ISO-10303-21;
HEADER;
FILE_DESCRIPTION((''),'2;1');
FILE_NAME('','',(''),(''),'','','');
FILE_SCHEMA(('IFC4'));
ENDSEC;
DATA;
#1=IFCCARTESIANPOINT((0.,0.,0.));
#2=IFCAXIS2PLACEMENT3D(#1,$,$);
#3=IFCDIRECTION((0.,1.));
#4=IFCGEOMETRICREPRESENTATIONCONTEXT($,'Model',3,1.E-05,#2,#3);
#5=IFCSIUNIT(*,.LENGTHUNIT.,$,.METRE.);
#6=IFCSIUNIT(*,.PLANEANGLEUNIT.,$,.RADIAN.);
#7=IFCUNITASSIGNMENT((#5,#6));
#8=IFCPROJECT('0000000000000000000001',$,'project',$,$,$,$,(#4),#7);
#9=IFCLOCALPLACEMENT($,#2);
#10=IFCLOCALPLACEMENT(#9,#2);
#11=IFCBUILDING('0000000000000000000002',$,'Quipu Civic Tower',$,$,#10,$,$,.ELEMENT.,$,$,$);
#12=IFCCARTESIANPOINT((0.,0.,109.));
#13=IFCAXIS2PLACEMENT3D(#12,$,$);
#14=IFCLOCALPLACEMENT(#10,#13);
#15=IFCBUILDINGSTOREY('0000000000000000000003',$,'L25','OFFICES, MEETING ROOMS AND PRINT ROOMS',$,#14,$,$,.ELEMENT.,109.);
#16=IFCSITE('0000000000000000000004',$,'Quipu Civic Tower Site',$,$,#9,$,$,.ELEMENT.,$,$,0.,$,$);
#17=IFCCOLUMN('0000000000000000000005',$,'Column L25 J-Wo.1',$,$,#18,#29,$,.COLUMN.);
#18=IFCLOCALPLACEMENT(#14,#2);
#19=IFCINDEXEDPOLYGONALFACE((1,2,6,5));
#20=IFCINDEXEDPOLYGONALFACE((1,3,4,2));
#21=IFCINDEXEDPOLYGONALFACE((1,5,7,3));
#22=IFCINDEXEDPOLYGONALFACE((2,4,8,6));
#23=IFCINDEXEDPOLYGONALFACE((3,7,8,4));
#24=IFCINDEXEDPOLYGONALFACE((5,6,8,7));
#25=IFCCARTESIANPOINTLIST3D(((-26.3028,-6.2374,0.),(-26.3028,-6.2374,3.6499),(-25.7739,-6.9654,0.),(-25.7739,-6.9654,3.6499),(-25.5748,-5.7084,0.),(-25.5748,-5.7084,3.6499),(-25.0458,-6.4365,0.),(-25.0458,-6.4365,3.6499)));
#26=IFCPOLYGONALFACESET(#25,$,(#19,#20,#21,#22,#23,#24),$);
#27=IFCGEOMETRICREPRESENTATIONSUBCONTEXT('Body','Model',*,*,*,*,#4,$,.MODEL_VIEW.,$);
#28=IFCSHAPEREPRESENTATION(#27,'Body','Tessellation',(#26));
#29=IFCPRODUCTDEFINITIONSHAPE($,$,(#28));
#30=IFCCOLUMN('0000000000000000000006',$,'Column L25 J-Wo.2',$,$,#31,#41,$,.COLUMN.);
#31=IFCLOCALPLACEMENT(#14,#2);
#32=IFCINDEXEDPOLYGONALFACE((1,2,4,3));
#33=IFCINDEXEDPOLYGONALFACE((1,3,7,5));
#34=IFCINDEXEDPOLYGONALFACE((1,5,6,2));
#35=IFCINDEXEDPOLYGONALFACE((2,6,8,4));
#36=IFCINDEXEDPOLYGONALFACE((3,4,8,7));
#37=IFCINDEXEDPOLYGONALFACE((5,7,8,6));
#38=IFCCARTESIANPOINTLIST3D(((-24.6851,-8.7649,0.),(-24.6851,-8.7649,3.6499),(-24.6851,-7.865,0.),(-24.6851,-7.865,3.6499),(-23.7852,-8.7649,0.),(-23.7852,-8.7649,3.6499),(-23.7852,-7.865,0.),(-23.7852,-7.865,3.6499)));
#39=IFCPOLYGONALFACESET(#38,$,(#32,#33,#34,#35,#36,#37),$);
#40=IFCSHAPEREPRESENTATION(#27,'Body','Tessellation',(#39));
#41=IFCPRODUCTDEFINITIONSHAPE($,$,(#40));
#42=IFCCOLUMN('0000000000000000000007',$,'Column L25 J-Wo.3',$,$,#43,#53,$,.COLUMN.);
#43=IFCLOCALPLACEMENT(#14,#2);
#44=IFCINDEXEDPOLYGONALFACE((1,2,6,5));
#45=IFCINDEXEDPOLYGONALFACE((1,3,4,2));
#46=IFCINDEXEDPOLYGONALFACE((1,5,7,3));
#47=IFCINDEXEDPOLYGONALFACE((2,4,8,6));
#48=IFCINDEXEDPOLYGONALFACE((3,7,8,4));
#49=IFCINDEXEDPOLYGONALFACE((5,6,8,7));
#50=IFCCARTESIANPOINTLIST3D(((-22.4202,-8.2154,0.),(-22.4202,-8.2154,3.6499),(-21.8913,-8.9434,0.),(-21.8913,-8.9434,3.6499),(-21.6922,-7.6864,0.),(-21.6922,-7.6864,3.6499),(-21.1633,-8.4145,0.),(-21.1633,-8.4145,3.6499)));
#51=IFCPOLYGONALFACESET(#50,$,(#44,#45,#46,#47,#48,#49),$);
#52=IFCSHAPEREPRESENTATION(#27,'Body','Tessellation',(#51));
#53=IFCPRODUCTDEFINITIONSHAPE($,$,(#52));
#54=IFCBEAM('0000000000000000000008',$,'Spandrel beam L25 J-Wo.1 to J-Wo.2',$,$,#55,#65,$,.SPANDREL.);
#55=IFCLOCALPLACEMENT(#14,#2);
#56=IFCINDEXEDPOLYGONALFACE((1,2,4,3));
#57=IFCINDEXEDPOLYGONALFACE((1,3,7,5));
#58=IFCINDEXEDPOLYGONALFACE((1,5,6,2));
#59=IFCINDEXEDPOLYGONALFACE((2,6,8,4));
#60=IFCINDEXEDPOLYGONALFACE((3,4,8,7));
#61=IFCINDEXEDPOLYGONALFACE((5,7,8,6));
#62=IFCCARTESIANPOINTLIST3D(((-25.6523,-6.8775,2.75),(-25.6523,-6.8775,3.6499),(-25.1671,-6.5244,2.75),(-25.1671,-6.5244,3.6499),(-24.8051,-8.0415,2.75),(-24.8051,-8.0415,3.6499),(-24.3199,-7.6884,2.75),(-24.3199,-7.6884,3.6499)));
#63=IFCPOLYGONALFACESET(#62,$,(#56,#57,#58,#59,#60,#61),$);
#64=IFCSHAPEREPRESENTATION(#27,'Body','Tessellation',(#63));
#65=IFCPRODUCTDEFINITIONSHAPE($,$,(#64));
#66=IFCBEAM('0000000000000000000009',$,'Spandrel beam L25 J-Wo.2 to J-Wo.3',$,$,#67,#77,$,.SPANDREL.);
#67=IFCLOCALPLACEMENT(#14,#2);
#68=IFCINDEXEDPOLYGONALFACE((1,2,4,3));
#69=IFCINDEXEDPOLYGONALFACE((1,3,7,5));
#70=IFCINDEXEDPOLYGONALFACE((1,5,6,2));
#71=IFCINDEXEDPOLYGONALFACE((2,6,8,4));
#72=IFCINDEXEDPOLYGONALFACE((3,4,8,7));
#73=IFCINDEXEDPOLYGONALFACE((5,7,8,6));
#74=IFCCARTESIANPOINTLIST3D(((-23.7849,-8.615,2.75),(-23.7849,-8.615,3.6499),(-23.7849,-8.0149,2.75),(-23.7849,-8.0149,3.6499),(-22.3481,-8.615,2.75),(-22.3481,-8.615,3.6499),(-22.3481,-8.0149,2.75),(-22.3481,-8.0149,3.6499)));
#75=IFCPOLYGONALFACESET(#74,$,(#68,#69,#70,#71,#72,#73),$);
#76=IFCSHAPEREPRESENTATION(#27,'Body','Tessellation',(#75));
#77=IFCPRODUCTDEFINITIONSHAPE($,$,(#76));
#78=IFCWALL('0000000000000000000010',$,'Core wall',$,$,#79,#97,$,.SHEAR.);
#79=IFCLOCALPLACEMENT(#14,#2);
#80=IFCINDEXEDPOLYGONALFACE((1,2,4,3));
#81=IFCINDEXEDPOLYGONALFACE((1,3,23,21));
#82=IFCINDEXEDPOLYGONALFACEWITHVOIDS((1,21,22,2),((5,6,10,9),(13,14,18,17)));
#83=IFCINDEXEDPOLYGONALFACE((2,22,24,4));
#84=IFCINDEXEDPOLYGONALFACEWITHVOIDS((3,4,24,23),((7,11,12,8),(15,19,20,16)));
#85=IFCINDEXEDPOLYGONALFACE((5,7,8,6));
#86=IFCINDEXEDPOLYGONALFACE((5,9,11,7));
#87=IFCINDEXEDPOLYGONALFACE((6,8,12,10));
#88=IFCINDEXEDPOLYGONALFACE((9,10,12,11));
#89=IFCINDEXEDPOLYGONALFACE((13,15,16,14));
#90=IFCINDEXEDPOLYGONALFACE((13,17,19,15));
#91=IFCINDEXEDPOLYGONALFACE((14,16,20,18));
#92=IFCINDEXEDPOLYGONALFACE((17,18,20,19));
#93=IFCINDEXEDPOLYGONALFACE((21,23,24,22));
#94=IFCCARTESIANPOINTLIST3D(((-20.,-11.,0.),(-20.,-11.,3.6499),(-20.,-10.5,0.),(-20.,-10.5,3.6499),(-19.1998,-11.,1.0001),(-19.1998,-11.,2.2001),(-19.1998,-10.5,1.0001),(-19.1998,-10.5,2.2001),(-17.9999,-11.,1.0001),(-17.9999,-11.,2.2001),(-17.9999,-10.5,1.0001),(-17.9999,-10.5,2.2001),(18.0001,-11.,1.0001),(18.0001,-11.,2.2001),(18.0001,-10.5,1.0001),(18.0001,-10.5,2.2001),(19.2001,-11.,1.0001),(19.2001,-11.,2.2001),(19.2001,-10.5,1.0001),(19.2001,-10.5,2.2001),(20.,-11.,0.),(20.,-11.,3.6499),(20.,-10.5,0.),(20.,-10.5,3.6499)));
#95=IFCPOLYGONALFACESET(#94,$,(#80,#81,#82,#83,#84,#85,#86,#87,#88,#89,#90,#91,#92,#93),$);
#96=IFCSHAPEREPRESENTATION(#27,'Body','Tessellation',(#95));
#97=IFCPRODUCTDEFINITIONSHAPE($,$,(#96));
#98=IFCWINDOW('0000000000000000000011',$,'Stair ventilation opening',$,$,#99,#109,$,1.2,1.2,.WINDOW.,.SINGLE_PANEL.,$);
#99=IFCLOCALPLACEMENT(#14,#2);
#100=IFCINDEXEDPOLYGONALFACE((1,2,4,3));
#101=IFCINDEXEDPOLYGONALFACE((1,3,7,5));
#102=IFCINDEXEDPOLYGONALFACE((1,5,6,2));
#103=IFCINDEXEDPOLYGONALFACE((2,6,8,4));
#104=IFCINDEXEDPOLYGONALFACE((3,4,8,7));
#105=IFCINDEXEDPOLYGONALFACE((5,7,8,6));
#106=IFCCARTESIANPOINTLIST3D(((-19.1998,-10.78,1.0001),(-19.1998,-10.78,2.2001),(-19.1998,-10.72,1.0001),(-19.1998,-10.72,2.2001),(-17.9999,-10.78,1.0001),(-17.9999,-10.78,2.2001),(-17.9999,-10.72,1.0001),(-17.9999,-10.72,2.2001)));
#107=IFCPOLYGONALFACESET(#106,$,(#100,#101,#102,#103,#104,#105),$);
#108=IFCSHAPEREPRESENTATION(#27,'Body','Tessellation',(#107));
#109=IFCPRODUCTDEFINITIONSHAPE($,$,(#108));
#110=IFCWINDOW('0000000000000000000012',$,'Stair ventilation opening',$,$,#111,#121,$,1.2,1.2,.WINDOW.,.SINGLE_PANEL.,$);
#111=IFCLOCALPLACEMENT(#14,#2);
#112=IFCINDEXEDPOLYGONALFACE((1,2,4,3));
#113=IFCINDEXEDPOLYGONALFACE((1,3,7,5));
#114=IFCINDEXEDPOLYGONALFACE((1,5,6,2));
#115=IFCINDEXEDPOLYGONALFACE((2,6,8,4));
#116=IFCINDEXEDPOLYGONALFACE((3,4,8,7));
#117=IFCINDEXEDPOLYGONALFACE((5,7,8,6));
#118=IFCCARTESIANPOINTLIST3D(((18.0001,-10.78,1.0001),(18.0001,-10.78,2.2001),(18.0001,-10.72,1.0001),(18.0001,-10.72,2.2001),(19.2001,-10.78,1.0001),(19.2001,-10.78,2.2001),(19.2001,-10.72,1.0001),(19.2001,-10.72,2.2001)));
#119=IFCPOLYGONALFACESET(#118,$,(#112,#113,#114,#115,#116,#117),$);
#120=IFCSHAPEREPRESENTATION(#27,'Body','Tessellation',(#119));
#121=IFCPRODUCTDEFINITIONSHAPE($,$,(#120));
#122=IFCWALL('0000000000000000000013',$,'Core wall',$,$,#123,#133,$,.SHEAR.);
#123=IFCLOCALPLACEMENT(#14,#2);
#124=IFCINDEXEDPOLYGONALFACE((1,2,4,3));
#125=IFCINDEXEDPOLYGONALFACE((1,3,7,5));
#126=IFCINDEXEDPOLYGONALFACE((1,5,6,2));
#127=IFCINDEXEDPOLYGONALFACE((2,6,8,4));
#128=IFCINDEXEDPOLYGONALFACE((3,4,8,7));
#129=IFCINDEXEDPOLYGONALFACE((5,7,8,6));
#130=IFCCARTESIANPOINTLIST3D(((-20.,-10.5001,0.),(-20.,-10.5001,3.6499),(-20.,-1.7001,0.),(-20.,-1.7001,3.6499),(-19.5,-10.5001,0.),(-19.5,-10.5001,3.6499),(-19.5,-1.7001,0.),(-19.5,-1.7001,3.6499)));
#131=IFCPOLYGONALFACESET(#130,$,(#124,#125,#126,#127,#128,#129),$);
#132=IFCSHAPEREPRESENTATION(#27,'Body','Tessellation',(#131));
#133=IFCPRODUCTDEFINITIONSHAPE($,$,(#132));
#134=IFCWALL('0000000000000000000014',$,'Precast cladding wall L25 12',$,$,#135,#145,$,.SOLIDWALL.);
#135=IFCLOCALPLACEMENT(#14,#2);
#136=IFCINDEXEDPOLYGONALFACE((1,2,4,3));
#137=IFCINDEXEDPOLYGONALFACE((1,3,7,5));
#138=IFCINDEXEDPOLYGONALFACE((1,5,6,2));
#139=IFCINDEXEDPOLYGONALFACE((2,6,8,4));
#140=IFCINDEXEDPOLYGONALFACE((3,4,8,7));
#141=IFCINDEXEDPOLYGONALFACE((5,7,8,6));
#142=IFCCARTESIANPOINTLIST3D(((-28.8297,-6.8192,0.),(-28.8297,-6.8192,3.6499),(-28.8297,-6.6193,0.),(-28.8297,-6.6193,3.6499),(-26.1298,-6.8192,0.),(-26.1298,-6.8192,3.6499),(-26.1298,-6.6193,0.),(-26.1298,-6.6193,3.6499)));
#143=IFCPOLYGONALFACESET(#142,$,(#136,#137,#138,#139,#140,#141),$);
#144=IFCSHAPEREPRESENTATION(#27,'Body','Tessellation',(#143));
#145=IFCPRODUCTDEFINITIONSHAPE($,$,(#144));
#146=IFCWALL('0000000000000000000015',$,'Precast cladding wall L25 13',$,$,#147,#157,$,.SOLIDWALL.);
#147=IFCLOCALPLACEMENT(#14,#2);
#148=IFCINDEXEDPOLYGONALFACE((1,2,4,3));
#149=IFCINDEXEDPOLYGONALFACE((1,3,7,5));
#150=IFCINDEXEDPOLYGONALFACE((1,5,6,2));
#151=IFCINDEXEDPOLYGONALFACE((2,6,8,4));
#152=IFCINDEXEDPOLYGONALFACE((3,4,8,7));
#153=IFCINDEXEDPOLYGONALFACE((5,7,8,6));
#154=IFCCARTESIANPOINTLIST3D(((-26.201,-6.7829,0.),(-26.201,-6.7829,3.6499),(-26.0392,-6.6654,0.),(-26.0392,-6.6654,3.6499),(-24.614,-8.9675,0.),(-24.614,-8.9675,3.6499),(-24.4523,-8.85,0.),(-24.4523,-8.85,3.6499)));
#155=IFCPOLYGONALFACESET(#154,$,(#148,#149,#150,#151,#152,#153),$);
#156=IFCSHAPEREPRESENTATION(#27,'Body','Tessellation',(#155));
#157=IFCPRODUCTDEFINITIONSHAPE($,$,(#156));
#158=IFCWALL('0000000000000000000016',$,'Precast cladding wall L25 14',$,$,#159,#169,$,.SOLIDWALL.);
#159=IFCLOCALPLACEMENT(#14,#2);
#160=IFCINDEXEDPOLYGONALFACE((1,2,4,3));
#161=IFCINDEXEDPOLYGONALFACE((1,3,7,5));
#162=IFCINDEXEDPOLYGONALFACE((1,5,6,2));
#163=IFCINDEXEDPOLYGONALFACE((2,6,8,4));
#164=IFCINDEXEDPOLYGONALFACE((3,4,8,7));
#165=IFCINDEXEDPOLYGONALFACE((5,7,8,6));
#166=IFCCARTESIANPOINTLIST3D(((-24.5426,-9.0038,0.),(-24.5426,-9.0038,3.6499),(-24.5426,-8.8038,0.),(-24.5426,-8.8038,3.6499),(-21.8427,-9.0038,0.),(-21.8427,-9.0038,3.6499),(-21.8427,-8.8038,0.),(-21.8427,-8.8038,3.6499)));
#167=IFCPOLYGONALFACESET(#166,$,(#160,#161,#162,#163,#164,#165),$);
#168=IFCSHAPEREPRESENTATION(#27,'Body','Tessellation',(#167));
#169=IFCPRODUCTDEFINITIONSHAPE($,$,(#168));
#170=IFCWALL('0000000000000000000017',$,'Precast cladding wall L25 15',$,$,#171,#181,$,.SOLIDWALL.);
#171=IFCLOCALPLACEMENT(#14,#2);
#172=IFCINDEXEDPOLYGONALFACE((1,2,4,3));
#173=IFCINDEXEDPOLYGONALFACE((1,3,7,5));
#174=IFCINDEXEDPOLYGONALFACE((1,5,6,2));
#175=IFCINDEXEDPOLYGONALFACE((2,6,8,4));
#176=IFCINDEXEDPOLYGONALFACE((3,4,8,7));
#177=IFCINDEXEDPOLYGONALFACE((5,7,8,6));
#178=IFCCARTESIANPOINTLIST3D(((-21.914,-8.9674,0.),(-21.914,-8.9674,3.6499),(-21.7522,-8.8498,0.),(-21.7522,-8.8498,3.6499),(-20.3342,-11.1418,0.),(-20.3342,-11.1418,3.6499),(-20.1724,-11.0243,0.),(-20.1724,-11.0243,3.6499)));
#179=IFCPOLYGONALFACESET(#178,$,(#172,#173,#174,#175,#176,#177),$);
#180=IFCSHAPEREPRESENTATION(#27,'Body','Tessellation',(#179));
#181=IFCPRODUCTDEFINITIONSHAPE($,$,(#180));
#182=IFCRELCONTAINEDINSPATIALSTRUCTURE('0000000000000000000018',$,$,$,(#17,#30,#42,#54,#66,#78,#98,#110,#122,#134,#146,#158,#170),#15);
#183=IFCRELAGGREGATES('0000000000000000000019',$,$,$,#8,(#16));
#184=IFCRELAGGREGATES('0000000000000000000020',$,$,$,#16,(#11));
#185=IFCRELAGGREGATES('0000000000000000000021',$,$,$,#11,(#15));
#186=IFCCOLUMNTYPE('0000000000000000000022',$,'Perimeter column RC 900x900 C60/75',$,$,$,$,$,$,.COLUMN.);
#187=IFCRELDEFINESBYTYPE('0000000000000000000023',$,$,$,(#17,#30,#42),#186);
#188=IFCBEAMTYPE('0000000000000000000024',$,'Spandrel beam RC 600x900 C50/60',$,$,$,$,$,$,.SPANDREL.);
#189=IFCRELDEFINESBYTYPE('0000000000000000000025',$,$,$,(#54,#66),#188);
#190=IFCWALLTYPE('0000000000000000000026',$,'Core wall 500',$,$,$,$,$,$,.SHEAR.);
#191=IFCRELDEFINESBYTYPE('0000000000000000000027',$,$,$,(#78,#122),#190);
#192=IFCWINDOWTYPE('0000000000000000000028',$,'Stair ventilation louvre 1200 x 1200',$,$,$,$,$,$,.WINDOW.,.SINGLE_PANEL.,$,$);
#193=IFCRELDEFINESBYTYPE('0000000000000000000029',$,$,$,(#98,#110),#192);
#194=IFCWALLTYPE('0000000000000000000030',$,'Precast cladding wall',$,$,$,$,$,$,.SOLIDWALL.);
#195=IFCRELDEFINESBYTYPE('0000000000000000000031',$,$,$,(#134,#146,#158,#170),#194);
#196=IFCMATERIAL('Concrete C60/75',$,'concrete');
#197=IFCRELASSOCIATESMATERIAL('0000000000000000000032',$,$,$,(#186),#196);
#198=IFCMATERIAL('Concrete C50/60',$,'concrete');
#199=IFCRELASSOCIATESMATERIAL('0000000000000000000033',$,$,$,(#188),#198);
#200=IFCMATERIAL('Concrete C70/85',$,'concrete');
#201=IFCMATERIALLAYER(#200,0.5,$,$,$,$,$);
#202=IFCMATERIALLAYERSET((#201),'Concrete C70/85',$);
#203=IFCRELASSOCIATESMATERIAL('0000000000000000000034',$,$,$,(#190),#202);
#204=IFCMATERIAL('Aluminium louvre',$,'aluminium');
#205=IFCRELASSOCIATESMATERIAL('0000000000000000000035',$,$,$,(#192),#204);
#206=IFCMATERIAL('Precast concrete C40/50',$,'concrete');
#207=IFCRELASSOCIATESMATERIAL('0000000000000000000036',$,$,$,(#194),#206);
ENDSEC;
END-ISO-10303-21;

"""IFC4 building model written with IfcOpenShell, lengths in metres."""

from ifc_helpers import new_model, si_unit, direction, frame, frame_2d, origin, origin_2d, place, context, subcontext, project, spatial, rectangle, extrude, material, layer, layer_set, material_profile, profile_set, type_object, element, fill, save


model = new_model("IFC4")

# Units and contexts
model_context = context("Model", 3, precision=1e-05, world=origin(), true_north=direction((0.0, 1.0)))
body_context = subcontext(model_context, "Body", "Model", "MODEL_VIEW")
ifc_project = project(units=[si_unit("LENGTHUNIT", "METRE"), si_unit("PLANEANGLEUNIT", "RADIAN")], contexts=[model_context])

# Site, building, storey
site_placement = place(None, origin())
site = spatial("IfcSite", under=ifc_project, at=site_placement, Name="Quipu Civic Tower Site", CompositionType="ELEMENT", RefElevation=0.0)
building_placement = place(site_placement, origin())
building = spatial("IfcBuilding", under=site, at=building_placement, Name="Quipu Civic Tower", CompositionType="ELEMENT")
storey_placement = place(building_placement, frame((0.0, 0.0, 109.0)))
storey = spatial("IfcBuildingStorey", under=building, at=storey_placement, Name="L25", Description="OFFICES, MEETING ROOMS AND PRINT ROOMS", CompositionType="ELEMENT", Elevation=109.0)

# Columns
ifc_material_1 = material(Name="Concrete C60/75", Category="concrete")
ifc_material_profile_1 = material_profile(ifc_material_1, rectangle(XDim=0.8999, YDim=0.8999, at=origin_2d()), Name="RC900x900")
ifc_profile_set_1 = profile_set([ifc_material_profile_1], Name="Concrete C60/75")
column_type = type_object("IfcColumnType", Name="Perimeter column RC 900x900 C60/75", PredefinedType="COLUMN", material=ifc_profile_set_1)
for number, where, z_axis, x_axis, name in (
    (1, (-25.6743, -6.3369, 0.0), (0.0, 0.0, 1.0), (0.587785, -0.809017, 0.0), "Column L25 J-Wo.1"),
    (2, (-24.2351, -8.3149, 0.0), (0.0, 0.0, 1.0), (1.0, 0.0, 0.0), "Column L25 J-Wo.2"),
    (3, (-21.7917, -8.3149, 0.0), (0.0, 0.0, 1.0), (0.587785, -0.809017, 0.0), "Column L25 J-Wo.3"),
):
    element("IfcColumn", number, at=place(storey_placement, frame(where, z_axis=z_axis, x_axis=x_axis)), inside=storey, type_object=column_type, Name=name, PredefinedType="COLUMN", context=body_context, shape_type="SweptSolid", body=[
        extrude(rectangle(XDim=0.8999, YDim=0.8999, at=origin_2d()), origin(), (0.0, 0.0, 1.0), 3.6499),
    ])

# Beams
ifc_material_2 = material(Name="Concrete C50/60", Category="concrete")
ifc_material_profile_2 = material_profile(ifc_material_2, rectangle(XDim=0.6001, YDim=0.8999, at=origin_2d()), Name="RC600x900")
ifc_profile_set_2 = profile_set([ifc_material_profile_2], Name="Concrete C50/60")
beam_type = type_object("IfcBeamType", Name="Spandrel beam RC 600x900 C50/60", PredefinedType="SPANDREL", material=ifc_profile_set_2)
beam_1_placement = place(storey_placement, frame((-25.4097, -6.7009, 3.2), z_axis=(0.588434, -0.808545, 0.0), x_axis=(0.808545, 0.588434, 0.0)))
element("IfcBeam", 4, at=beam_1_placement, inside=storey, type_object=beam_type, Name="Spandrel beam L25 J-Wo.1 to J-Wo.2", PredefinedType="SPANDREL", context=body_context, shape_type="SweptSolid", body=[
    extrude(rectangle(XDim=0.6001, YDim=0.8999, at=origin_2d()), origin(), (0.0, 0.0, 1.0), 1.4397),
])
beam_2_placement = place(storey_placement, frame((-23.7849, -8.3149, 3.2), z_axis=(1.0, 0.0, 0.0), x_axis=(0.0, 1.0, 0.0)))
element("IfcBeam", 5, at=beam_2_placement, inside=storey, type_object=beam_type, Name="Spandrel beam L25 J-Wo.2 to J-Wo.3", PredefinedType="SPANDREL", context=body_context, shape_type="SweptSolid", body=[
    extrude(rectangle(XDim=0.6001, YDim=0.8999, at=origin_2d()), origin(), (0.0, 0.0, 1.0), 1.4368),
])

# Wall, openings, windows
ifc_material_3 = material(Name="Concrete C70/85", Category="concrete")
ifc_layer = layer(ifc_material_3, 0.5)
ifc_layer_set = layer_set([ifc_layer], Name="Concrete C70/85")
wall_type_1 = type_object("IfcWallType", Name="Core wall 500", PredefinedType="SHEAR", material=ifc_layer_set)
wall_1_placement = place(storey_placement, frame((-20.0, -10.75, 0.0), z_axis=(0.0, 0.0, 1.0), x_axis=(1.0, 0.0, 0.0)))
wall_1 = element("IfcWall", 6, at=wall_1_placement, inside=storey, type_object=wall_type_1, Name="Core wall", PredefinedType="SHEAR", context=body_context, shape_type="SweptSolid", body=[
    extrude(rectangle(XDim=40.0, YDim=0.5, at=frame_2d((20.0, 0.0))), origin(), (0.0, 0.0, 1.0), 3.6499),
])
opening_1_placement = place(wall_1_placement, frame((0.8, 0.0, 1.0)))
opening_1 = element("IfcOpeningElement", 7, at=opening_1_placement, cuts=wall_1, PredefinedType="OPENING", context=body_context, shape_type="SweptSolid", body=[
    extrude(rectangle(XDim=1.2, YDim=1.2, at=frame_2d((0.6001, 0.6001))), frame((0.0, 0.26, 0.0), z_axis=(0.0, -1.0, 0.0), x_axis=(1.0, 0.0, 0.0)), (0.0, 0.0, 1.0), 0.52),
])
opening_2_placement = place(wall_1_placement, frame((38.0, 0.0, 1.0)))
opening_2 = element("IfcOpeningElement", 8, at=opening_2_placement, cuts=wall_1, PredefinedType="OPENING", context=body_context, shape_type="SweptSolid", body=[
    extrude(rectangle(XDim=1.2, YDim=1.2, at=frame_2d((0.6001, 0.6001))), frame((0.0, 0.26, 0.0), z_axis=(0.0, -1.0, 0.0), x_axis=(1.0, 0.0, 0.0)), (0.0, 0.0, 1.0), 0.52),
])
ifc_material_4 = material(Name="Aluminium louvre", Category="aluminium")
window_type = type_object("IfcWindowType", Name="Stair ventilation louvre 1200 x 1200", PartitioningType="SINGLE_PANEL", PredefinedType="WINDOW", material=ifc_material_4)
window_1_placement = place(opening_1_placement, origin())
window_1 = element("IfcWindow", 9, at=window_1_placement, inside=storey, type_object=window_type, Name="Stair ventilation opening", OverallHeight=1.2, OverallWidth=1.2, PartitioningType="SINGLE_PANEL", PredefinedType="WINDOW", context=body_context, shape_type="SweptSolid", body=[
    extrude(rectangle(XDim=1.2, YDim=1.2, at=frame_2d((0.6001, 0.6001))), frame((0.0, 0.03, 0.0), z_axis=(0.0, -1.0, 0.0), x_axis=(1.0, 0.0, 0.0)), (0.0, 0.0, 1.0), 0.0601),
])
fill(opening_1, window_1)
window_2_placement = place(opening_2_placement, origin())
window_2 = element("IfcWindow", 10, at=window_2_placement, inside=storey, type_object=window_type, Name="Stair ventilation opening", OverallHeight=1.2, OverallWidth=1.2, PartitioningType="SINGLE_PANEL", PredefinedType="WINDOW", context=body_context, shape_type="SweptSolid", body=[
    extrude(rectangle(XDim=1.2, YDim=1.2, at=frame_2d((0.6001, 0.6001))), frame((0.0, 0.03, 0.0), z_axis=(0.0, -1.0, 0.0), x_axis=(1.0, 0.0, 0.0)), (0.0, 0.0, 1.0), 0.0601),
])
fill(opening_2, window_2)

# Walls
wall_2_placement = place(storey_placement, frame((-19.75, -10.5, 0.0), z_axis=(0.0, 0.0, 1.0), x_axis=(0.0, 1.0, 0.0)))
element("IfcWall", 11, at=wall_2_placement, inside=storey, type_object=wall_type_1, Name="Core wall", PredefinedType="SHEAR", context=body_context, shape_type="SweptSolid", body=[
    extrude(rectangle(XDim=8.8, YDim=0.5, at=frame_2d((4.3999, 0.0))), origin(), (0.0, 0.0, 1.0), 3.6499),
])
ifc_material_5 = material(Name="Precast concrete C40/50", Category="concrete")
wall_type_2 = type_object("IfcWallType", Name="Precast cladding wall", PredefinedType="SOLIDWALL", material=ifc_material_5)
wall_3_placement = place(storey_placement, frame((-28.8298, -6.7192, 0.0), z_axis=(0.0, 0.0, 1.0), x_axis=(1.0, 0.0, 0.0)))
element("IfcWall", 12, at=wall_3_placement, inside=storey, type_object=wall_type_2, Name="Precast cladding wall L25 12", PredefinedType="SOLIDWALL", context=body_context, shape_type="SweptSolid", body=[
    extrude(rectangle(XDim=2.7, YDim=0.2, at=frame_2d((1.3501, 0.0))), origin(), (0.0, 0.0, 1.0), 3.6499),
])
wall_4_placement = place(storey_placement, frame((-26.1201, -6.7241, 0.0), z_axis=(0.0, 0.0, 1.0), x_axis=(0.58772, -0.809064, 0.0)))
element("IfcWall", 13, at=wall_4_placement, inside=storey, type_object=wall_type_2, Name="Precast cladding wall L25 13", PredefinedType="SOLIDWALL", context=body_context, shape_type="SweptSolid", body=[
    extrude(rectangle(XDim=2.7002, YDim=0.2, at=frame_2d((1.3501, 0.0))), origin(), (0.0, 0.0, 1.0), 3.6499),
])
wall_5_placement = place(storey_placement, frame((-24.5427, -8.9038, 0.0), z_axis=(0.0, 0.0, 1.0), x_axis=(1.0, 0.0, 0.0)))
element("IfcWall", 14, at=wall_5_placement, inside=storey, type_object=wall_type_2, Name="Precast cladding wall L25 14", PredefinedType="SOLIDWALL", context=body_context, shape_type="SweptSolid", body=[
    extrude(rectangle(XDim=2.7, YDim=0.2, at=frame_2d((1.3501, 0.0))), origin(), (0.0, 0.0, 1.0), 3.6499),
])
wall_6_placement = place(storey_placement, frame((-21.833, -8.9087, 0.0), z_axis=(0.0, 0.0, 1.0), x_axis=(0.587767, -0.809031, 0.0)))
element("IfcWall", 15, at=wall_6_placement, inside=storey, type_object=wall_type_2, Name="Precast cladding wall L25 15", PredefinedType="SOLIDWALL", context=body_context, shape_type="SweptSolid", body=[
    extrude(rectangle(XDim=2.6877, YDim=0.2, at=frame_2d((1.3438, 0.0))), origin(), (0.0, 0.0, 1.0), 3.6499),
])

save(model, "model.ifc")
